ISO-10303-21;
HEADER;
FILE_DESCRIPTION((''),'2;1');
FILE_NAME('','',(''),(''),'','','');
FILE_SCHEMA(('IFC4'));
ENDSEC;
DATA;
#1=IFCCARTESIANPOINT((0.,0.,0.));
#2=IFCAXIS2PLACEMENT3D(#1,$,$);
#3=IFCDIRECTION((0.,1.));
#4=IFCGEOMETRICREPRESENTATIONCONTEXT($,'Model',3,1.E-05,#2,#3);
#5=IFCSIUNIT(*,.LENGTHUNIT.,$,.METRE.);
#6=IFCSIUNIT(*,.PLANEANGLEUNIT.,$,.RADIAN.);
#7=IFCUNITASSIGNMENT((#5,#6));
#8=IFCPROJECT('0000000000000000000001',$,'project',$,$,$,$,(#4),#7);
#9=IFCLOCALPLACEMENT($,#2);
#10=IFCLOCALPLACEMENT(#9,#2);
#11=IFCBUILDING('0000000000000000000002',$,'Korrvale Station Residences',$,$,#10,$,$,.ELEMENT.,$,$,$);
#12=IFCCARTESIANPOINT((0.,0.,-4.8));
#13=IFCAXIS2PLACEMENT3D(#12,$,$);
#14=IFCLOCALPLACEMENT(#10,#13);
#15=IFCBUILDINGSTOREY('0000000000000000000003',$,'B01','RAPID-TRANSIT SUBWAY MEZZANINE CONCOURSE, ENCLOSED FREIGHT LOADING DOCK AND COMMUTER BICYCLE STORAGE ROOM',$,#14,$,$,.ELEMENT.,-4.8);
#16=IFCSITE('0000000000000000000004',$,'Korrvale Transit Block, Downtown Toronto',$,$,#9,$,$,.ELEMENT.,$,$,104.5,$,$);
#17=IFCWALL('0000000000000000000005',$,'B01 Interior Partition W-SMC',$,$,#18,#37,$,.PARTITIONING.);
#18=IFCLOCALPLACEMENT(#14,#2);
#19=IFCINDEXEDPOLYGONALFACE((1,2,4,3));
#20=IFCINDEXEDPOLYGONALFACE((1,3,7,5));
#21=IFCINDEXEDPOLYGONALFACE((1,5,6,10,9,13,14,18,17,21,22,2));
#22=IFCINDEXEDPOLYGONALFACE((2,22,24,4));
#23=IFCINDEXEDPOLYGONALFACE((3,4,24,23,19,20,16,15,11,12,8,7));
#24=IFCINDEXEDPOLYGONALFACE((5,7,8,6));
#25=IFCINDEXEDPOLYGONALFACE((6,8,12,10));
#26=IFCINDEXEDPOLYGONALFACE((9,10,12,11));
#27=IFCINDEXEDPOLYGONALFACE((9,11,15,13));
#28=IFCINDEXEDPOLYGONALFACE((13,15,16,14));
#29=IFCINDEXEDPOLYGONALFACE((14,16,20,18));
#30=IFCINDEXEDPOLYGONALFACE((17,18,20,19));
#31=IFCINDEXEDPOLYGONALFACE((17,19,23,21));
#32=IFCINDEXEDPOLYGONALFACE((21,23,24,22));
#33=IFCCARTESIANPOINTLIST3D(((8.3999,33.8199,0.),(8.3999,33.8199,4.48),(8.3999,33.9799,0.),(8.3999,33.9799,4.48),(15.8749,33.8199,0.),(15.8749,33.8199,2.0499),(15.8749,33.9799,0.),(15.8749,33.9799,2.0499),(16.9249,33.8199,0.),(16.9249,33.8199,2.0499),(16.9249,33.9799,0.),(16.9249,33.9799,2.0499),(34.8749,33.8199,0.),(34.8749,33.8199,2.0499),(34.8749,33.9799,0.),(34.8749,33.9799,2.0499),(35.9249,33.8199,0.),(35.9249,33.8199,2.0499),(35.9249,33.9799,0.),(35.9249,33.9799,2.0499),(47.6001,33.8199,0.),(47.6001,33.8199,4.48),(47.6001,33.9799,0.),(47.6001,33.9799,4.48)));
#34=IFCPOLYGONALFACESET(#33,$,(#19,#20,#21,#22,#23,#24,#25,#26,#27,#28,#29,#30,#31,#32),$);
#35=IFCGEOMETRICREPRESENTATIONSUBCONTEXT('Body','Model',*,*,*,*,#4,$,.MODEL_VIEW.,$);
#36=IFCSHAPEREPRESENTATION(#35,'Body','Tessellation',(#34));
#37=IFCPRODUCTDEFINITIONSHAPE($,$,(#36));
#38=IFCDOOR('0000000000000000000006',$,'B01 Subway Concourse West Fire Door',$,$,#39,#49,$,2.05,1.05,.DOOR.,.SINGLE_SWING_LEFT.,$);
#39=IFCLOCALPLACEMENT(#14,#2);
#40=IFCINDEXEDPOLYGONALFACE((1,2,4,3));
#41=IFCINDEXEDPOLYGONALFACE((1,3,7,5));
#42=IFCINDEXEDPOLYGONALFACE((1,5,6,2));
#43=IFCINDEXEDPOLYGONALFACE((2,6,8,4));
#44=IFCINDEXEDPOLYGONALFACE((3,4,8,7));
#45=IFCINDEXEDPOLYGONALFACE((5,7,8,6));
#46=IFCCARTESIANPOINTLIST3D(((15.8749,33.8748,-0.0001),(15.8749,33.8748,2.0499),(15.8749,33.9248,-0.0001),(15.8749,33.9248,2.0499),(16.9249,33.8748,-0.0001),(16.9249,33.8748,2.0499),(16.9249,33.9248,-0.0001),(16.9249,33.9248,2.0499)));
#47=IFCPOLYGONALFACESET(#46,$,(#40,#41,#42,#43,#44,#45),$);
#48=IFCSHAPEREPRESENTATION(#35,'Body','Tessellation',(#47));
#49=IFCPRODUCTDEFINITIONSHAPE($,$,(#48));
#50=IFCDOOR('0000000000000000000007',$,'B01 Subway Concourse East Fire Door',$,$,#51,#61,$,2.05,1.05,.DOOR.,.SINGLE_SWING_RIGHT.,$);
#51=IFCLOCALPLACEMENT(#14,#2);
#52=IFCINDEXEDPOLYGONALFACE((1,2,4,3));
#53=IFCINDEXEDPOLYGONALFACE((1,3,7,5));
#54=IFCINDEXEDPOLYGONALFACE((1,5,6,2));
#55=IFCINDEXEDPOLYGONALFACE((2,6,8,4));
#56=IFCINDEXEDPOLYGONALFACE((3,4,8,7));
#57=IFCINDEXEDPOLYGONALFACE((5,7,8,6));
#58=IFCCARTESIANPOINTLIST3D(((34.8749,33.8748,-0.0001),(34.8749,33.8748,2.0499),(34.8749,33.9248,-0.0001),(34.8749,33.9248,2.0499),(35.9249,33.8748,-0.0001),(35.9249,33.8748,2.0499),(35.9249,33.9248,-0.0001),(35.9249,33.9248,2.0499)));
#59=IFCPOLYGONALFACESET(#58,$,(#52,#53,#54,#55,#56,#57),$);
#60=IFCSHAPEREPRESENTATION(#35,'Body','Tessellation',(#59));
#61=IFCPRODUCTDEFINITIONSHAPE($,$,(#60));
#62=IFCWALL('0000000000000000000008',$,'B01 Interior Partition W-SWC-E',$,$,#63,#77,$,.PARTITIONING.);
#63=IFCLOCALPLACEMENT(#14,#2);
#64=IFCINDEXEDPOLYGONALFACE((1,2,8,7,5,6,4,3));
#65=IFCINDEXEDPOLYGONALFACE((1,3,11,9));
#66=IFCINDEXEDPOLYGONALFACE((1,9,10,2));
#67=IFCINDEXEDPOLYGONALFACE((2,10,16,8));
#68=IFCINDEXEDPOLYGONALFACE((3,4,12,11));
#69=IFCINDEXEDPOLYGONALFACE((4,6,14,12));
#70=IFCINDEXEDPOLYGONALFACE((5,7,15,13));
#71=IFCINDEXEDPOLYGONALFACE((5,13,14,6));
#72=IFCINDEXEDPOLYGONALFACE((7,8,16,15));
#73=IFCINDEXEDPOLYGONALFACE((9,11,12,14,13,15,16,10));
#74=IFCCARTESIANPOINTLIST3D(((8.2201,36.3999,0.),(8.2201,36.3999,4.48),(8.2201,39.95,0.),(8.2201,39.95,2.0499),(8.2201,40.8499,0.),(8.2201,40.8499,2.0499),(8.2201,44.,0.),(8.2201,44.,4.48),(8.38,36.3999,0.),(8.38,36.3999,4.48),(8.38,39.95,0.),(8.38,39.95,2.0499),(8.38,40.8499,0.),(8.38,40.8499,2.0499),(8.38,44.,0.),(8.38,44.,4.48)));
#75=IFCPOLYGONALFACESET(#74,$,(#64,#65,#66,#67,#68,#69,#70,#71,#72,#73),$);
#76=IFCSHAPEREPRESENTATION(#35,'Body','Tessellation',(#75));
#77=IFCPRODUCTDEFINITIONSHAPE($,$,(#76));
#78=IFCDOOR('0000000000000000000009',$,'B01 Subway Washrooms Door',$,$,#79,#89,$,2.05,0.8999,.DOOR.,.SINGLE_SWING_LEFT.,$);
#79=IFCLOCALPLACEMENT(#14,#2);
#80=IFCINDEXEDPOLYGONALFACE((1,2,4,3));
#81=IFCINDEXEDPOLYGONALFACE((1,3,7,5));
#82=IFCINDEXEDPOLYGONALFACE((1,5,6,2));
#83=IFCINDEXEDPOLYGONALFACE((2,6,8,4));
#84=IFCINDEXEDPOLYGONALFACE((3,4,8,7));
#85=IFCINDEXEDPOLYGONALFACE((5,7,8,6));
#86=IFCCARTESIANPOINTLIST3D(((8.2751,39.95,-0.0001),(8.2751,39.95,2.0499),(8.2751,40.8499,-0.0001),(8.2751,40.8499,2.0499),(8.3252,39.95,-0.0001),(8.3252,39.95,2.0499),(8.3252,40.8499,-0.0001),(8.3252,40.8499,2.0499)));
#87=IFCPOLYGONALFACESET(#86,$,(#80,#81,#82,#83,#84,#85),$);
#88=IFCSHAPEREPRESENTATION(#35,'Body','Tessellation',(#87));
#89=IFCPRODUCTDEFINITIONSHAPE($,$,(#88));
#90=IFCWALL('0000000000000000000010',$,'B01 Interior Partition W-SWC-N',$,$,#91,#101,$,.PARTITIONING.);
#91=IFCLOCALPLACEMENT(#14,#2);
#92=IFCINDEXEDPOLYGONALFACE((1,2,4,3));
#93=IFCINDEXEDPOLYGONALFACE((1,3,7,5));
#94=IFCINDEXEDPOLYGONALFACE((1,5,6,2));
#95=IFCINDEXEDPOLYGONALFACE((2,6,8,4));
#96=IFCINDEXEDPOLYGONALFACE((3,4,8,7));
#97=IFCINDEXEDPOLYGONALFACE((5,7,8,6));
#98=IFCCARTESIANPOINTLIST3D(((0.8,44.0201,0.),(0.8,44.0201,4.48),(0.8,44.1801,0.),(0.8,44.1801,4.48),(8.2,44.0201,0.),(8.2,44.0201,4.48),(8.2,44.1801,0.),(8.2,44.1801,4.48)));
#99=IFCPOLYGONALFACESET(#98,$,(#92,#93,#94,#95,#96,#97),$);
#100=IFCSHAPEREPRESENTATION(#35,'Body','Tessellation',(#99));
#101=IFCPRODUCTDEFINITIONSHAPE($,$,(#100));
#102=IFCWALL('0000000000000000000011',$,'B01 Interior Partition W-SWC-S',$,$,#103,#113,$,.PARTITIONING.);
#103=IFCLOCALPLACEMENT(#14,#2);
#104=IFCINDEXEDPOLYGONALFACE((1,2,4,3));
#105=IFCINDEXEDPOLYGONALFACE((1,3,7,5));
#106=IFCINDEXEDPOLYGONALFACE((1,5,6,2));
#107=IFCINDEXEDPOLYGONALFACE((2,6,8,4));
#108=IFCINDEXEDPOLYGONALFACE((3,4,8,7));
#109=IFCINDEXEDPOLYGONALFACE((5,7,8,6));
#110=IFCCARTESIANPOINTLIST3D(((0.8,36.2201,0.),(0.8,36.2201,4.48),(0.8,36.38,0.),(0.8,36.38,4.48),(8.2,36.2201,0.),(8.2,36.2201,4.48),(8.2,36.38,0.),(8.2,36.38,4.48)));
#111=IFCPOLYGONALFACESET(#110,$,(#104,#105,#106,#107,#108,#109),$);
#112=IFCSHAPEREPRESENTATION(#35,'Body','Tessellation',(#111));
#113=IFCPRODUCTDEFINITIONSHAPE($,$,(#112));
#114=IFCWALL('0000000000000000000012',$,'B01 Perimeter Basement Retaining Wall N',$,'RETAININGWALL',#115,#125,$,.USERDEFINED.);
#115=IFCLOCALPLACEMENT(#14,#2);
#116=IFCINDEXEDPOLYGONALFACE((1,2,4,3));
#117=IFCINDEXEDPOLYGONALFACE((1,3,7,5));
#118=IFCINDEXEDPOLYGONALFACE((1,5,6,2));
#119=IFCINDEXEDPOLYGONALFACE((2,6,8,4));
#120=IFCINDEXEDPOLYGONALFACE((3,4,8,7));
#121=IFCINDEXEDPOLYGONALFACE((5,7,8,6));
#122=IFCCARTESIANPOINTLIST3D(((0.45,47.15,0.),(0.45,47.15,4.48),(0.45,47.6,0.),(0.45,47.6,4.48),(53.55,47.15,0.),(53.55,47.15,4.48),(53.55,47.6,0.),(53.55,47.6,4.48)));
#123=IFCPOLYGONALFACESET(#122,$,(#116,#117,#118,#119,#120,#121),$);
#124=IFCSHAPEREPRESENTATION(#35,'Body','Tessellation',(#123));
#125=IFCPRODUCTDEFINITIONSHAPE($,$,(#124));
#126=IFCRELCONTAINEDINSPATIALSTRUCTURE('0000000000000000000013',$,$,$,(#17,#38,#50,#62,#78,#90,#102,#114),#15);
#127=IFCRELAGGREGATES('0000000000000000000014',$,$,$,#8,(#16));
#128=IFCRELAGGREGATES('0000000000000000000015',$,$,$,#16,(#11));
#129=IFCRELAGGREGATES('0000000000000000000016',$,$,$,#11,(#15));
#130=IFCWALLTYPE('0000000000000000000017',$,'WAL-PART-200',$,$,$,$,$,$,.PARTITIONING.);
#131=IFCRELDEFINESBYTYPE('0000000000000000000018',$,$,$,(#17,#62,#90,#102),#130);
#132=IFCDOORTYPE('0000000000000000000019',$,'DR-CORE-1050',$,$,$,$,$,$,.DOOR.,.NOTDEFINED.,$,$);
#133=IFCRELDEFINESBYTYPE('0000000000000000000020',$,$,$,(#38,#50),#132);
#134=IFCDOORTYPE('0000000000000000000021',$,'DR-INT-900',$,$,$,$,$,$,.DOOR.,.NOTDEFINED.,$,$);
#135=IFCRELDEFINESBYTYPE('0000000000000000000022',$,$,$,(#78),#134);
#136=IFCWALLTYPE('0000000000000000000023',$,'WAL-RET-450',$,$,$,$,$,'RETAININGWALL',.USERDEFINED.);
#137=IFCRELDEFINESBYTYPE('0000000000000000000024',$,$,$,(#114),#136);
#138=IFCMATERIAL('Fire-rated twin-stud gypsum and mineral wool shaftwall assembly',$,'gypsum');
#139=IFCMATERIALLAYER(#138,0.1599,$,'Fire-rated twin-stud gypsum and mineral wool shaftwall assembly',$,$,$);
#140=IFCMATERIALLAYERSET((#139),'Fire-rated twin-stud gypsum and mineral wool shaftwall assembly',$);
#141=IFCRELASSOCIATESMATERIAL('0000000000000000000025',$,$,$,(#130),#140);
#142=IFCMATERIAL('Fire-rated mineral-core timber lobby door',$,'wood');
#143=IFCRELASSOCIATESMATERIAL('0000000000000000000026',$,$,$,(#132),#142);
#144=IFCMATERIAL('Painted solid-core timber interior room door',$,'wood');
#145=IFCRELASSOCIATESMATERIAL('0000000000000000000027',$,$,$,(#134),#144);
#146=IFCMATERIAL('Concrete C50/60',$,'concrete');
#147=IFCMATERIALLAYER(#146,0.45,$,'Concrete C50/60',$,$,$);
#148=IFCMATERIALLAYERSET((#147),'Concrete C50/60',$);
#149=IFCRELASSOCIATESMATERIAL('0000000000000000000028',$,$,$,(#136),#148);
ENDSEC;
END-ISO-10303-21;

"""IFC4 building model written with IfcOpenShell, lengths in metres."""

from ifc_helpers import new_model, si_unit, direction, frame, frame_2d, origin, place, context, subcontext, project, spatial, rectangle, extrude, material, layer, layer_set, type_object, element, fill, save


model = new_model("IFC4")

# Units and contexts
model_context = context("Model", 3, precision=1e-05, world=origin(), true_north=direction((0.0, 1.0)))
body_context = subcontext(model_context, "Body", "Model", "MODEL_VIEW")
ifc_project = project(units=[si_unit("LENGTHUNIT", "METRE"), si_unit("PLANEANGLEUNIT", "RADIAN")], contexts=[model_context])

# Site, building, storey
site_placement = place(None, origin())
site = spatial("IfcSite", under=ifc_project, at=site_placement, Name="Korrvale Transit Block, Downtown Toronto", CompositionType="ELEMENT", RefElevation=104.5)
building_placement = place(site_placement, origin())
building = spatial("IfcBuilding", under=site, at=building_placement, Name="Korrvale Station Residences", CompositionType="ELEMENT")
storey_placement = place(building_placement, frame((0.0, 0.0, -4.8)))
storey = spatial("IfcBuildingStorey", under=building, at=storey_placement, Name="B01", Description="RAPID-TRANSIT SUBWAY MEZZANINE CONCOURSE, ENCLOSED FREIGHT LOADING DOCK AND COMMUTER BICYCLE STORAGE ROOM", CompositionType="ELEMENT", Elevation=-4.8)

# Shared definitions
ifc_material_1 = material(Name="Concrete C50/60", Category="concrete")

# Shared definitions
ifc_material_2 = material(Name="Fire-rated twin-stud gypsum and mineral wool shaftwall assembly", Category="gypsum")
ifc_layer_1 = layer(ifc_material_2, 0.1599, Name="Fire-rated twin-stud gypsum and mineral wool shaftwall assembly")
ifc_layer_set_1 = layer_set([ifc_layer_1], Name="Fire-rated twin-stud gypsum and mineral wool shaftwall assembly")
wall_type_1 = type_object("IfcWallType", Name="WAL-PART-200", PredefinedType="PARTITIONING", material=ifc_layer_set_1)

# Wall, openings, doors
wall_1_placement = place(storey_placement, frame((8.3999, 33.8999, 0.0), z_axis=(0.0, 0.0, 1.0), x_axis=(1.0, 0.0, 0.0)))
wall_1 = element("IfcWall", 1, at=wall_1_placement, inside=storey, type_object=wall_type_1, Name="B01 Interior Partition W-SMC", PredefinedType="PARTITIONING", context=body_context, shape_type="SweptSolid", body=[
    extrude(rectangle(XDim=39.2002, YDim=0.1599, at=frame_2d((19.6001, 0.0))), origin(), (0.0, 0.0, 1.0), 4.48),
])
opening_1_placement = place(wall_1_placement, frame((7.4751, 0.0, 0.0)))
opening_1 = element("IfcOpeningElement", 2, at=opening_1_placement, cuts=wall_1, PredefinedType="OPENING", context=body_context, shape_type="SweptSolid", body=[
    extrude(rectangle(XDim=1.05, YDim=2.05, at=frame_2d((0.5249, 1.0249))), frame((0.0, 0.0898, 0.0), z_axis=(0.0, -1.0, 0.0), x_axis=(1.0, 0.0, 0.0)), (0.0, 0.0, 1.0), 0.1799),
])
opening_2_placement = place(wall_1_placement, frame((26.4751, 0.0, 0.0)))
opening_2 = element("IfcOpeningElement", 3, at=opening_2_placement, cuts=wall_1, PredefinedType="OPENING", context=body_context, shape_type="SweptSolid", body=[
    extrude(rectangle(XDim=1.05, YDim=2.05, at=frame_2d((0.5249, 1.0249))), frame((0.0, 0.0898, 0.0), z_axis=(0.0, -1.0, 0.0), x_axis=(1.0, 0.0, 0.0)), (0.0, 0.0, 1.0), 0.1799),
])
ifc_material_3 = material(Name="Fire-rated mineral-core timber lobby door", Category="wood")
door_type_1 = type_object("IfcDoorType", Name="DR-CORE-1050", OperationType="NOTDEFINED", PredefinedType="DOOR", material=ifc_material_3)
door_1_placement = place(opening_1_placement, origin())
door_1 = element("IfcDoor", 4, at=door_1_placement, inside=storey, type_object=door_type_1, Name="B01 Subway Concourse West Fire Door", OperationType="SINGLE_SWING_LEFT", OverallHeight=2.05, OverallWidth=1.05, PredefinedType="DOOR", context=body_context, shape_type="SweptSolid", body=[
    extrude(rectangle(XDim=1.05, YDim=2.05, at=frame_2d((0.5249, 1.0249))), frame((0.0, 0.0249, 0.0), z_axis=(0.0, -1.0, 0.0), x_axis=(1.0, 0.0, 0.0)), (0.0, 0.0, 1.0), 0.05),
])
fill(opening_1, door_1)
door_2_placement = place(opening_2_placement, origin())
door_2 = element("IfcDoor", 5, at=door_2_placement, inside=storey, type_object=door_type_1, Name="B01 Subway Concourse East Fire Door", OperationType="SINGLE_SWING_RIGHT", OverallHeight=2.05, OverallWidth=1.05, PredefinedType="DOOR", context=body_context, shape_type="SweptSolid", body=[
    extrude(rectangle(XDim=1.05, YDim=2.05, at=frame_2d((0.5249, 1.0249))), frame((0.0, 0.0249, 0.0), z_axis=(0.0, -1.0, 0.0), x_axis=(1.0, 0.0, 0.0)), (0.0, 0.0, 1.0), 0.05),
])
fill(opening_2, door_2)

# Wall, opening, door
wall_2_placement = place(storey_placement, frame((8.3, 36.3999, 0.0), z_axis=(0.0, 0.0, 1.0), x_axis=(0.0, 1.0, 0.0)))
wall_2 = element("IfcWall", 6, at=wall_2_placement, inside=storey, type_object=wall_type_1, Name="B01 Interior Partition W-SWC-E", PredefinedType="PARTITIONING", context=body_context, shape_type="SweptSolid", body=[
    extrude(rectangle(XDim=7.6001, YDim=0.1599, at=frame_2d((3.8, 0.0))), origin(), (0.0, 0.0, 1.0), 4.48),
])
opening_3_placement = place(wall_2_placement, frame((3.55, 0.0, 0.0)))
opening_3 = element("IfcOpeningElement", 7, at=opening_3_placement, cuts=wall_2, PredefinedType="OPENING", context=body_context, shape_type="SweptSolid", body=[
    extrude(rectangle(XDim=0.8999, YDim=2.05, at=frame_2d((0.45, 1.0249))), frame((0.0, 0.0898, 0.0), z_axis=(0.0, -1.0, 0.0), x_axis=(1.0, 0.0, 0.0)), (0.0, 0.0, 1.0), 0.1799),
])
ifc_material_4 = material(Name="Painted solid-core timber interior room door", Category="wood")
door_type_2 = type_object("IfcDoorType", Name="DR-INT-900", OperationType="NOTDEFINED", PredefinedType="DOOR", material=ifc_material_4)
door_3_placement = place(opening_3_placement, origin())
door_3 = element("IfcDoor", 8, at=door_3_placement, inside=storey, type_object=door_type_2, Name="B01 Subway Washrooms Door", OperationType="SINGLE_SWING_LEFT", OverallHeight=2.05, OverallWidth=0.8999, PredefinedType="DOOR", context=body_context, shape_type="SweptSolid", body=[
    extrude(rectangle(XDim=0.8999, YDim=2.05, at=frame_2d((0.45, 1.0249))), frame((0.0, 0.0249, 0.0), z_axis=(0.0, -1.0, 0.0), x_axis=(1.0, 0.0, 0.0)), (0.0, 0.0, 1.0), 0.05),
])
fill(opening_3, door_3)

# Walls
for number, where, z_axis, x_axis, name in (
    (9, (0.8, 44.1001, 0.0), (0.0, 0.0, 1.0), (1.0, 0.0, 0.0), "B01 Interior Partition W-SWC-N"),
    (10, (0.8, 36.3, 0.0), (0.0, 0.0, 1.0), (1.0, 0.0, 0.0), "B01 Interior Partition W-SWC-S"),
):
    element("IfcWall", number, at=place(storey_placement, frame(where, z_axis=z_axis, x_axis=x_axis)), inside=storey, type_object=wall_type_1, Name=name, PredefinedType="PARTITIONING", context=body_context, shape_type="SweptSolid", body=[
        extrude(rectangle(XDim=7.3999, YDim=0.1599, at=frame_2d((3.7, 0.0))), origin(), (0.0, 0.0, 1.0), 4.48),
    ])
ifc_layer_2 = layer(ifc_material_1, 0.45, Name="Concrete C50/60")
ifc_layer_set_2 = layer_set([ifc_layer_2], Name="Concrete C50/60")
wall_type_2 = type_object("IfcWallType", Name="WAL-RET-450", ElementType="RETAININGWALL", PredefinedType="USERDEFINED", material=ifc_layer_set_2)
wall_3_placement = place(storey_placement, frame((0.45, 47.375, 0.0), z_axis=(0.0, 0.0, 1.0), x_axis=(1.0, 0.0, 0.0)))
element("IfcWall", 11, at=wall_3_placement, inside=storey, type_object=wall_type_2, Name="B01 Perimeter Basement Retaining Wall N", ObjectType="RETAININGWALL", PredefinedType="USERDEFINED", context=body_context, shape_type="SweptSolid", body=[
    extrude(rectangle(XDim=53.1001, YDim=0.45, at=frame_2d((26.55, 0.0))), origin(), (0.0, 0.0, 1.0), 4.48),
])

save(model, "model.ifc")
